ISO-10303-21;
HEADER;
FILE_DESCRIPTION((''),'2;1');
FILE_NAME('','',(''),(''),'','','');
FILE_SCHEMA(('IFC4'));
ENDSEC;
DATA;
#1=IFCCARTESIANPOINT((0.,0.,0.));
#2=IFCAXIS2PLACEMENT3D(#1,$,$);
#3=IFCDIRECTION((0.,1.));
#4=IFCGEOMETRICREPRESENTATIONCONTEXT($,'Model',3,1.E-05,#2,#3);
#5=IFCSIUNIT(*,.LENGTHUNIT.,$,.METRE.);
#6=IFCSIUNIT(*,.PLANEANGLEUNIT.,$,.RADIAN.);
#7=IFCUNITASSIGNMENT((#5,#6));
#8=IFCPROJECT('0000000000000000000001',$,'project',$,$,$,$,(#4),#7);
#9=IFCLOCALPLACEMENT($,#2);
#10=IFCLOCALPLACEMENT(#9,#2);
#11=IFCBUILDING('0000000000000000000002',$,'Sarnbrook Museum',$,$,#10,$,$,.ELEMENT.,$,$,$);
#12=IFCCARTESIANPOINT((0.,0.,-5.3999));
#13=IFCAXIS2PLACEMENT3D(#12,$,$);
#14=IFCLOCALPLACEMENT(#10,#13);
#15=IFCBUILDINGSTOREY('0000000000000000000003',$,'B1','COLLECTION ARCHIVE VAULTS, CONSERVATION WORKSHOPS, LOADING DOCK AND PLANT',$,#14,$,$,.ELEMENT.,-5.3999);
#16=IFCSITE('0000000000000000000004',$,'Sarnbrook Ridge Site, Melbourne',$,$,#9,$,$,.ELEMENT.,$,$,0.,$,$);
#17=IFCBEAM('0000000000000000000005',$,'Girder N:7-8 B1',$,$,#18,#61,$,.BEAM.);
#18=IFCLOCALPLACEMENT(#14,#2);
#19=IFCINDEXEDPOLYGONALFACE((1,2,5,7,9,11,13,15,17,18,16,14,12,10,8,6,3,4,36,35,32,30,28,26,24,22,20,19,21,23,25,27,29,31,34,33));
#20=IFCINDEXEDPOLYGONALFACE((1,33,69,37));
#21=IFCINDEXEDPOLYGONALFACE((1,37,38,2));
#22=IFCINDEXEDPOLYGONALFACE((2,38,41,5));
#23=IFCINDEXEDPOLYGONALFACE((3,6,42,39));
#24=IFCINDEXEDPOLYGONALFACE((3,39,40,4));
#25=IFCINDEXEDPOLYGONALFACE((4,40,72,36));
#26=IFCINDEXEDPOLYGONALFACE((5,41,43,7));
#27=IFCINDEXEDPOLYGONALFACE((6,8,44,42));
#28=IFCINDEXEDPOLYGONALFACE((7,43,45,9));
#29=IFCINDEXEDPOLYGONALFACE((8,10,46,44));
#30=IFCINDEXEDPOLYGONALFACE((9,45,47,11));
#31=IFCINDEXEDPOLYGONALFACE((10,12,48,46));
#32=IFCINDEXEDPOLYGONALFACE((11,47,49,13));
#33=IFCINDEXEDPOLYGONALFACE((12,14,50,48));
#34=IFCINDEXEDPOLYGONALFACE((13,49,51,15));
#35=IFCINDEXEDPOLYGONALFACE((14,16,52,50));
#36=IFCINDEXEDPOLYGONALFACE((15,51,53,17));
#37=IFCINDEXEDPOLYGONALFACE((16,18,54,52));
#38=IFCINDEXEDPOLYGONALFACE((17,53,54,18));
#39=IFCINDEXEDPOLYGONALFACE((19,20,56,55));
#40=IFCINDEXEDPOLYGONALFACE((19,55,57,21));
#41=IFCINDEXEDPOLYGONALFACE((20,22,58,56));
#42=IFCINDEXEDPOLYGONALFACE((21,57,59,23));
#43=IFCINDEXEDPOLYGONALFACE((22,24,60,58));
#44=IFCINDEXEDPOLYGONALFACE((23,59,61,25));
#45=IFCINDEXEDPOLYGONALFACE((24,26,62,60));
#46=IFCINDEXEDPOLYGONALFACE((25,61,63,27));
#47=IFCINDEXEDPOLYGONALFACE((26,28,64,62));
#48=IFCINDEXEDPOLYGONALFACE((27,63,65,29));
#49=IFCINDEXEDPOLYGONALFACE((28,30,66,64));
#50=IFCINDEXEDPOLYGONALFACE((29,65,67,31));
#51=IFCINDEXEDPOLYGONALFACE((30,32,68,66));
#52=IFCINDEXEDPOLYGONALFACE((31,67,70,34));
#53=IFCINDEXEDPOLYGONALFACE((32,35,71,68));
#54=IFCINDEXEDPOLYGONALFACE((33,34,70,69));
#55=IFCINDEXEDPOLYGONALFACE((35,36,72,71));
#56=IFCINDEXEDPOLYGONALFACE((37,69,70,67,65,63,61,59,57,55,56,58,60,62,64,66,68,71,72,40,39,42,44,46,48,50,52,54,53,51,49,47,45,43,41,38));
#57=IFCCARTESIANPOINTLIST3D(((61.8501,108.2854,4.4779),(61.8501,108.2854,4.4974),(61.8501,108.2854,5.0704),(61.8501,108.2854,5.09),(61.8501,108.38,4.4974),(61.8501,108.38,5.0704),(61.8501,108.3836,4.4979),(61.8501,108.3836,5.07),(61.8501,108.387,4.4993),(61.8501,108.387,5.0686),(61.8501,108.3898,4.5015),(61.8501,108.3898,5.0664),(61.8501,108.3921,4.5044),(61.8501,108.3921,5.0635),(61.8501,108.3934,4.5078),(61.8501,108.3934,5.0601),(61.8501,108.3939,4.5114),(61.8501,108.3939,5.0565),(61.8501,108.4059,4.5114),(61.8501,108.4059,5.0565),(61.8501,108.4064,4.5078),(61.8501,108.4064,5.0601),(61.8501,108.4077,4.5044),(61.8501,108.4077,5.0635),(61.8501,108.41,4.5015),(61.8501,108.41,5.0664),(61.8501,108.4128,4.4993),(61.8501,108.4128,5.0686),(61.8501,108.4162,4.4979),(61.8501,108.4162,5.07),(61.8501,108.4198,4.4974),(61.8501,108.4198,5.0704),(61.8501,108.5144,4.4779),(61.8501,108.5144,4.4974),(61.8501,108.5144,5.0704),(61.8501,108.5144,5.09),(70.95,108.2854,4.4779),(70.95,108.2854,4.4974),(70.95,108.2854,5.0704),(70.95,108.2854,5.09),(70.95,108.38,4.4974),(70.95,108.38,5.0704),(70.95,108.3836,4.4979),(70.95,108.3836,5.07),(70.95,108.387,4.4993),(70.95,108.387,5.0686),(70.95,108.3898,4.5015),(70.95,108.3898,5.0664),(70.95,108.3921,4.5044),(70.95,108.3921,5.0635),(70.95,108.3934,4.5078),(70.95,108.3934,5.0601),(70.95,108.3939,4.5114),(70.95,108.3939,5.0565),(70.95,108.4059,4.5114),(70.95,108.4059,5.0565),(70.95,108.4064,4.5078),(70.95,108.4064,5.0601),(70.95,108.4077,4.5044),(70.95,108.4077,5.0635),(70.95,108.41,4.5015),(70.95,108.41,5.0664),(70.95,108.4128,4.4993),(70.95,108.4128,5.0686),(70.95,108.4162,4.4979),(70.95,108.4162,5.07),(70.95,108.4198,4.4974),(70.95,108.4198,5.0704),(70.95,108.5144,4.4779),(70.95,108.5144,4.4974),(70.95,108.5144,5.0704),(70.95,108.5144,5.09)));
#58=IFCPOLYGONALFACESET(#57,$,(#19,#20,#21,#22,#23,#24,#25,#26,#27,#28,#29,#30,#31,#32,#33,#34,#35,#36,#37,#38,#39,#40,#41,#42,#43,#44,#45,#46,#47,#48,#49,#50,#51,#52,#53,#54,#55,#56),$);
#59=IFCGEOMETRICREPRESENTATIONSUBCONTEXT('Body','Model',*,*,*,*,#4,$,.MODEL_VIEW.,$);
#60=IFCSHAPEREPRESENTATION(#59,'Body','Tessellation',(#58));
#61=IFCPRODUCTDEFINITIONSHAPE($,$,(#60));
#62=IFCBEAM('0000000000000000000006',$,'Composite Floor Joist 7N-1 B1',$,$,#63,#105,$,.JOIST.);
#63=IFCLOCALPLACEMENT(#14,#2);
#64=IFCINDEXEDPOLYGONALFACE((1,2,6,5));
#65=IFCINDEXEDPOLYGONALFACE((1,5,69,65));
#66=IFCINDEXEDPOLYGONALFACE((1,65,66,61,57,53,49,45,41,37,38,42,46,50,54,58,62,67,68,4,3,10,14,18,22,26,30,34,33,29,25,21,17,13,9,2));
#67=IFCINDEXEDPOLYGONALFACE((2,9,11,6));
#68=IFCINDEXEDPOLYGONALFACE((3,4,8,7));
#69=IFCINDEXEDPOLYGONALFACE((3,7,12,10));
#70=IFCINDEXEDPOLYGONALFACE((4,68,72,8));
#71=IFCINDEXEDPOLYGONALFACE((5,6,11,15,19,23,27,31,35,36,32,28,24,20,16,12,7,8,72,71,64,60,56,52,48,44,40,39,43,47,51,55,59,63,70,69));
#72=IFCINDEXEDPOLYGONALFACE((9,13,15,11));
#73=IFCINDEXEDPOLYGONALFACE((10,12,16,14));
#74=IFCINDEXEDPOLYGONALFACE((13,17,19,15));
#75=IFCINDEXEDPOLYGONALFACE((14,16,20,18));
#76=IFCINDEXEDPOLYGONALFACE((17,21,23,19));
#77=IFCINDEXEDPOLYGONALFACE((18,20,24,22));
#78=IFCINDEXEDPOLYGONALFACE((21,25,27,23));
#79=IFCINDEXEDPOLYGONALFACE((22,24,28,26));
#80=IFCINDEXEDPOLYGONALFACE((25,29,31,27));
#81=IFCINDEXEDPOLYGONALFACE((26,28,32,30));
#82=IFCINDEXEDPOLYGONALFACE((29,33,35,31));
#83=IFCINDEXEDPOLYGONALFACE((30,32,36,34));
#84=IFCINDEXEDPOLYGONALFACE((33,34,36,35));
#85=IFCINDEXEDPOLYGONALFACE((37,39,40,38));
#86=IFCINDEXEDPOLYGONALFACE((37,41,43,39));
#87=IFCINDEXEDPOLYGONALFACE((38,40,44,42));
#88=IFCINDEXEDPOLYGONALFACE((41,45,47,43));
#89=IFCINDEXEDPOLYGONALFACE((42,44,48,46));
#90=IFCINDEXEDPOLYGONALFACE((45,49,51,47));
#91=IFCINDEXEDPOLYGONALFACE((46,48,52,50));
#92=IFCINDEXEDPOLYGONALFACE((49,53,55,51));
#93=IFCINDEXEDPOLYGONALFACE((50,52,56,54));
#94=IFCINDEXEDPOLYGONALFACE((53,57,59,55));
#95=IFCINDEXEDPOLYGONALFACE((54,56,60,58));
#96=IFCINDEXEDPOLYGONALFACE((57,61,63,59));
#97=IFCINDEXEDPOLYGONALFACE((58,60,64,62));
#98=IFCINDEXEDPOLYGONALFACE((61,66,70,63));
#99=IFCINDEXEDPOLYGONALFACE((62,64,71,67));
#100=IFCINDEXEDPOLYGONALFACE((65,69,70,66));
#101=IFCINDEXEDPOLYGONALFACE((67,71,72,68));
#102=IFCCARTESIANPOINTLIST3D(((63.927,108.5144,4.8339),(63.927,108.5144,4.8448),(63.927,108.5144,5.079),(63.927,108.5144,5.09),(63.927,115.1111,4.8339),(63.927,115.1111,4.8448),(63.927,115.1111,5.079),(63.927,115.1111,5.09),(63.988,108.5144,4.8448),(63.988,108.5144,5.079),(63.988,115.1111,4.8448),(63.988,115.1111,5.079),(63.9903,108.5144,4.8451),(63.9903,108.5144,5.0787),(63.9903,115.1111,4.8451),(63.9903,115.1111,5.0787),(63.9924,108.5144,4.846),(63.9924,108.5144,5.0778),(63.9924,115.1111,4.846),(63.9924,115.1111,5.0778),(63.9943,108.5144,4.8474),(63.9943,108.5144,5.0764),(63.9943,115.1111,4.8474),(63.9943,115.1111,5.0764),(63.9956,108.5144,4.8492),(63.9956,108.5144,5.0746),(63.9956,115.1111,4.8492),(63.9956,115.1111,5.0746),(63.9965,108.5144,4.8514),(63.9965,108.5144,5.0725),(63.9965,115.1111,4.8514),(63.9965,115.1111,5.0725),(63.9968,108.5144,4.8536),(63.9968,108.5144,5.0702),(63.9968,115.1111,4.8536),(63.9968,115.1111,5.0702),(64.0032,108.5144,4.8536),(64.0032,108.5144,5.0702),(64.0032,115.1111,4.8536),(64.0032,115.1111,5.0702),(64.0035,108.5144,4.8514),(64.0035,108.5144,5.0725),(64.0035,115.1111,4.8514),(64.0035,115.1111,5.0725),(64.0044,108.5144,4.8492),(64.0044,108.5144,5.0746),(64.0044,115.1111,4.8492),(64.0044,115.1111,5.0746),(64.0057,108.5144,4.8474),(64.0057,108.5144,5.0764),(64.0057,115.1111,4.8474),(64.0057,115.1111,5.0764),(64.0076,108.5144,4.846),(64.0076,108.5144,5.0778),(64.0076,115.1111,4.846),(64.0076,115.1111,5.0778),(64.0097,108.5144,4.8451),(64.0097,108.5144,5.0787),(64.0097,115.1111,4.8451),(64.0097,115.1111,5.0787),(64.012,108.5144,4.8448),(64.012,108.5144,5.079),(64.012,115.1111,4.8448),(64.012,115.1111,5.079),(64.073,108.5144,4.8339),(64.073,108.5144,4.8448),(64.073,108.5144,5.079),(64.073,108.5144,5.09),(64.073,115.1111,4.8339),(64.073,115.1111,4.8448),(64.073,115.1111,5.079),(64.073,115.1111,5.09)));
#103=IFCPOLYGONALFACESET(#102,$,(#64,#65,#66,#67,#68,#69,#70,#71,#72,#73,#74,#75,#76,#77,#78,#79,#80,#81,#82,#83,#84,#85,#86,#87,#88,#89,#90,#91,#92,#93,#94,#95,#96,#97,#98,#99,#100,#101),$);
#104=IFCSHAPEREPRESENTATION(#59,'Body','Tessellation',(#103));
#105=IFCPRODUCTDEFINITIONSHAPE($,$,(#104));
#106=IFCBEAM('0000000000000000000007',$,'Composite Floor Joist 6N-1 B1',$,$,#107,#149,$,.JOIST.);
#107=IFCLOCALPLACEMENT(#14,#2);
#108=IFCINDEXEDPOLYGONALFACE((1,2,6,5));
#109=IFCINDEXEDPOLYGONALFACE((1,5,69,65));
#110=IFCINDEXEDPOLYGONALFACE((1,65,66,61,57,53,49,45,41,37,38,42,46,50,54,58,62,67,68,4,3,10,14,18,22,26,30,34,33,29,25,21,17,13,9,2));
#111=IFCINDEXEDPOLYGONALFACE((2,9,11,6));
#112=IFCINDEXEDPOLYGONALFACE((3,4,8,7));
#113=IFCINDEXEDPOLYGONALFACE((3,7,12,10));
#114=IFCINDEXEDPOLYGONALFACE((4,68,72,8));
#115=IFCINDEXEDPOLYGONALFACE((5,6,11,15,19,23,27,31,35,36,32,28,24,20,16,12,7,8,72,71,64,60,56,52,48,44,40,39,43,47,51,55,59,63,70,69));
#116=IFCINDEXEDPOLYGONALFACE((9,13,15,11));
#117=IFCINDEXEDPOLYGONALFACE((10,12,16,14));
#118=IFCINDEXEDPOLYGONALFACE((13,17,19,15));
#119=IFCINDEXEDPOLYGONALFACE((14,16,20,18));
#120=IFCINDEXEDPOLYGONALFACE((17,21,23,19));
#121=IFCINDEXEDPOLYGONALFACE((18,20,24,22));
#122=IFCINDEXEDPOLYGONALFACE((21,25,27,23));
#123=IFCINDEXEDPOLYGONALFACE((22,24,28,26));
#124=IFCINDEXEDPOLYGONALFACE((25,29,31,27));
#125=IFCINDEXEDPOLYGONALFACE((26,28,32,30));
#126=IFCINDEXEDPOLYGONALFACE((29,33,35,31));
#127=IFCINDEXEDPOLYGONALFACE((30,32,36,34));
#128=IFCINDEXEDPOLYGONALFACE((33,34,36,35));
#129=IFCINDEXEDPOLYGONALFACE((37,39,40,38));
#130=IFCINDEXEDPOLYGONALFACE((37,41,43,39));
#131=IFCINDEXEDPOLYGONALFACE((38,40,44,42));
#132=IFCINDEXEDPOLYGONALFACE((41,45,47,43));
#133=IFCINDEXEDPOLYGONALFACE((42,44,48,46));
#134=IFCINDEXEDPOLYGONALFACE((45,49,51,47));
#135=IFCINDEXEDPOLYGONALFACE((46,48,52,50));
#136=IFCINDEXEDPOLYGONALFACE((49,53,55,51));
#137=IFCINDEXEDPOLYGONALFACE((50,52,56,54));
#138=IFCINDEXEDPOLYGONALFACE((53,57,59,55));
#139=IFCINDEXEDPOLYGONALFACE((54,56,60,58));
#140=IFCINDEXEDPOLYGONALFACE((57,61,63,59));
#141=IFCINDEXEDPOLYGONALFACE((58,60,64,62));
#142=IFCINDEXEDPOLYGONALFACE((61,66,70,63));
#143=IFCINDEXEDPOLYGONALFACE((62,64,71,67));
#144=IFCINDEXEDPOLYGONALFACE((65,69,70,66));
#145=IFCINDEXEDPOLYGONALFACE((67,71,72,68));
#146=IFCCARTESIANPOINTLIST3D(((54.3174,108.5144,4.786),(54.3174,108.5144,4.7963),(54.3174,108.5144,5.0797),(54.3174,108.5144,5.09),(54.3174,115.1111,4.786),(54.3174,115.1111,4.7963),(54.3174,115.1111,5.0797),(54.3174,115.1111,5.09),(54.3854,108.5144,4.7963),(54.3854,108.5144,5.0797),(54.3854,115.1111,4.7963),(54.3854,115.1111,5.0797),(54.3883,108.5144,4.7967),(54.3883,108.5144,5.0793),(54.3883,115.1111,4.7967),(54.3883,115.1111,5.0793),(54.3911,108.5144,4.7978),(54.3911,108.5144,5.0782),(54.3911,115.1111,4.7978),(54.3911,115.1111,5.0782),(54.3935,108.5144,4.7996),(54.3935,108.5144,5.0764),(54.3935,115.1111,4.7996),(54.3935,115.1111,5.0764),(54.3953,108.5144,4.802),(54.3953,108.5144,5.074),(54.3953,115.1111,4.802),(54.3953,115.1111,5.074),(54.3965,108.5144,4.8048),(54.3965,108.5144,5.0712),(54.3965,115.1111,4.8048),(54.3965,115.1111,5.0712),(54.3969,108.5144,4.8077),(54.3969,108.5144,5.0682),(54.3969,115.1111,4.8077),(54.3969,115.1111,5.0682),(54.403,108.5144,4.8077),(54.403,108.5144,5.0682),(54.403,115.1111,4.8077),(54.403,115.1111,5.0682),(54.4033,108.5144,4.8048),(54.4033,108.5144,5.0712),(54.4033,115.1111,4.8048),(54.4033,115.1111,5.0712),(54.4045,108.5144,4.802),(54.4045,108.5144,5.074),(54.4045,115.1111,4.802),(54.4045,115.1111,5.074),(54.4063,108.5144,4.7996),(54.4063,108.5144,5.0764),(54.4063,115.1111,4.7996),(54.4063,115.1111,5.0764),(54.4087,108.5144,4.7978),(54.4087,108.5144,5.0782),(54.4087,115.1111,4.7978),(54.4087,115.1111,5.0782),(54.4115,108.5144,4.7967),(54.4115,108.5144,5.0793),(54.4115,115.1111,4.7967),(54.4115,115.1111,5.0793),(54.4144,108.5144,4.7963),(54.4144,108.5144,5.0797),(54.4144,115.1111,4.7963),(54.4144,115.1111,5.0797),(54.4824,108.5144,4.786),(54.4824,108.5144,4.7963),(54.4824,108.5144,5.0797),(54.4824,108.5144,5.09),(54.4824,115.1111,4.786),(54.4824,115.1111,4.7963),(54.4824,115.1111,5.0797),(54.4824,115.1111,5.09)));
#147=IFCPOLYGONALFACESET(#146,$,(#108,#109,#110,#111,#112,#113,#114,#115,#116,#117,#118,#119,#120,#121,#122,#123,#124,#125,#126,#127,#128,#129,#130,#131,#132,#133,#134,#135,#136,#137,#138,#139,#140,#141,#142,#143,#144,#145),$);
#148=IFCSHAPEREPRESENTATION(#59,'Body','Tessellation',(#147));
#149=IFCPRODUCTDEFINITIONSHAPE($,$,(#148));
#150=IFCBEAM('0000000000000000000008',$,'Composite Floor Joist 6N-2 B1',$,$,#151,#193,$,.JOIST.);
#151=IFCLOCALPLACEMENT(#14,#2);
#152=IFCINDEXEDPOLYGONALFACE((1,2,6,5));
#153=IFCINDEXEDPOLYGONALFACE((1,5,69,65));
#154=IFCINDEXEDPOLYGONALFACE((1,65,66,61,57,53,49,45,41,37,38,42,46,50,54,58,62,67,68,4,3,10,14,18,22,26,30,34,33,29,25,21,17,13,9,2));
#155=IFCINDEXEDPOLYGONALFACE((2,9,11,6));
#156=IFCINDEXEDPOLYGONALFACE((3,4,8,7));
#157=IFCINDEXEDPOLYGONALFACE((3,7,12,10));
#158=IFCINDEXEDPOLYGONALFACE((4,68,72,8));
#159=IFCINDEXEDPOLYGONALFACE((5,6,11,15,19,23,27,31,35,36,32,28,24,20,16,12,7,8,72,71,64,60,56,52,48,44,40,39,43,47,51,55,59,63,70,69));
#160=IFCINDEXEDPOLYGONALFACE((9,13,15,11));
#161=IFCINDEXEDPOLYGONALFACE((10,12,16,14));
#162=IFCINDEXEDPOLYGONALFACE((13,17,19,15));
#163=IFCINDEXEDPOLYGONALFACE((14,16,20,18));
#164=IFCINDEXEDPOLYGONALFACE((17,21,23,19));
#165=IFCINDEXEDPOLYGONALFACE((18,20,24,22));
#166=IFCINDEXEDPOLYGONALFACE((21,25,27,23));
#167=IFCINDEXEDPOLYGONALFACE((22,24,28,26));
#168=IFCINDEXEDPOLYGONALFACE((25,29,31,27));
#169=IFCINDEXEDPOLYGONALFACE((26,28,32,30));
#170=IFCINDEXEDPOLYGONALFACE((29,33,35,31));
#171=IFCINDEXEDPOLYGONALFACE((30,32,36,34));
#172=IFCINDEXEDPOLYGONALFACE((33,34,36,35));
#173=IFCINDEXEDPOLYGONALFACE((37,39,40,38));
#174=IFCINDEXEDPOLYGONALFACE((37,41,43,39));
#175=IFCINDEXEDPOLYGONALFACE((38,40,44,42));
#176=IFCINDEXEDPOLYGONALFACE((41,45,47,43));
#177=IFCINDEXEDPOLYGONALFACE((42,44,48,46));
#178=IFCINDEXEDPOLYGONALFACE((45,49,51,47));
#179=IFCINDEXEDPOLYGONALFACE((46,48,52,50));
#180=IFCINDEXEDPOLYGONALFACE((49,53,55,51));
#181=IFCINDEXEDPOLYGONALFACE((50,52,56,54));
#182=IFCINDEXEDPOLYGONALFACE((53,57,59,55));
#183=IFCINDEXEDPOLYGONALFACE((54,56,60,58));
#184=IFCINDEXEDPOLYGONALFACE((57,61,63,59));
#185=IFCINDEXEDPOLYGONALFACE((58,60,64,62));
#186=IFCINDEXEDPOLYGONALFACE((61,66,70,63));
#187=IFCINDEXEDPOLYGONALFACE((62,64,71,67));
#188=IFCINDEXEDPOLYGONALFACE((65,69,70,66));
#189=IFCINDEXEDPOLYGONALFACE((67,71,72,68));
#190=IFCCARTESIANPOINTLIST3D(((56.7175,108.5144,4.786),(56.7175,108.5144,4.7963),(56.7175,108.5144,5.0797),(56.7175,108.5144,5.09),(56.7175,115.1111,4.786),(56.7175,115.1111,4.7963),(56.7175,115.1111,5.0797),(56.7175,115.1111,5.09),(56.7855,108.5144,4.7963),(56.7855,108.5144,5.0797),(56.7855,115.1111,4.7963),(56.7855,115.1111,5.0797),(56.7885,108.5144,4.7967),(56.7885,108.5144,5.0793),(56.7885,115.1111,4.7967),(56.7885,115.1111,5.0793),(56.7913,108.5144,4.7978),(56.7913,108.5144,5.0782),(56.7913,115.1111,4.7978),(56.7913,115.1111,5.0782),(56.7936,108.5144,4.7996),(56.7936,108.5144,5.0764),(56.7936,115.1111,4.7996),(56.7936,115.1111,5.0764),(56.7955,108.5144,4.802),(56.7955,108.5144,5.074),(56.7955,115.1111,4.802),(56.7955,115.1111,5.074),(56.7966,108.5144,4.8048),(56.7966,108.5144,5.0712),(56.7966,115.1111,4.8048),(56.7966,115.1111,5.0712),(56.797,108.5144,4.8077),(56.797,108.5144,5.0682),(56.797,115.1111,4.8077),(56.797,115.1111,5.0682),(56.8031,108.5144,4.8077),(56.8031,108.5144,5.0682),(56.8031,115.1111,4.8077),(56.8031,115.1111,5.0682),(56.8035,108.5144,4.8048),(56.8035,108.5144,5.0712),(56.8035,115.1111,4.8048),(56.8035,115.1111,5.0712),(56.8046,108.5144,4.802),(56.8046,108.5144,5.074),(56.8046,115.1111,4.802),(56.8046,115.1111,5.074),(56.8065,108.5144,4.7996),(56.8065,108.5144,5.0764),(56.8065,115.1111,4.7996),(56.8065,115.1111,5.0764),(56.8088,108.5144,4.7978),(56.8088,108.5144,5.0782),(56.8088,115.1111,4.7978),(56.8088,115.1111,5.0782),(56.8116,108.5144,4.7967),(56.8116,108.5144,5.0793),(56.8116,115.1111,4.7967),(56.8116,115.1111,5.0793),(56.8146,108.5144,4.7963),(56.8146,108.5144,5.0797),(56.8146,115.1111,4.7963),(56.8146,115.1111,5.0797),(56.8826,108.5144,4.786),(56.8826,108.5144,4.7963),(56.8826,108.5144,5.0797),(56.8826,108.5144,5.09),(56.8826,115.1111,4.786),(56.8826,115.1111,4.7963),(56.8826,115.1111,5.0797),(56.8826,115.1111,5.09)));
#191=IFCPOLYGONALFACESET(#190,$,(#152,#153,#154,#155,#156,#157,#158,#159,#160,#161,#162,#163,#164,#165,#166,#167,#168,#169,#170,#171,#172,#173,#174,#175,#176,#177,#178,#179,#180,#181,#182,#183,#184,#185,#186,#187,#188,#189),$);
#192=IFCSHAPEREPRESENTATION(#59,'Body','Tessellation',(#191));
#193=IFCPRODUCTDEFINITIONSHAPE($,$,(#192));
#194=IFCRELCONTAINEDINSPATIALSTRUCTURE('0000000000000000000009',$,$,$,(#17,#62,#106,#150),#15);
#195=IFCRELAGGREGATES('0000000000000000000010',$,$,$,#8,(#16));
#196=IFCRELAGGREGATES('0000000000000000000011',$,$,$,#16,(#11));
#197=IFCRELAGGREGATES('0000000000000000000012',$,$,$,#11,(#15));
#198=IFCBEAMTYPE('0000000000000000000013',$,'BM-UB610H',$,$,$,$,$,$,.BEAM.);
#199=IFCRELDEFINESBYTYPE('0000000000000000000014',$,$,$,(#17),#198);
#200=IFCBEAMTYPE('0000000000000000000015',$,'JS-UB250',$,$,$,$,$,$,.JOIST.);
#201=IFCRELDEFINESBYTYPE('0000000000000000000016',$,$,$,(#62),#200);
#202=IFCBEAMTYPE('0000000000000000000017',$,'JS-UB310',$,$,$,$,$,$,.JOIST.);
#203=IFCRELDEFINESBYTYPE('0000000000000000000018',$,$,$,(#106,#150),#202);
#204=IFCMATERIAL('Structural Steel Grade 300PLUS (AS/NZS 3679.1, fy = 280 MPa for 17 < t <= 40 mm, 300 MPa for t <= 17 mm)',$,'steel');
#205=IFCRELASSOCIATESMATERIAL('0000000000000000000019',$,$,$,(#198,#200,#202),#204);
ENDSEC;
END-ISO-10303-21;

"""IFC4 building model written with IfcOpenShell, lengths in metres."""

from ifc_helpers import new_model, si_unit, direction, frame, origin, origin_2d, place, context, subcontext, project, spatial, i_section, extrude, material, material_profile, profile_set, type_object, element, save


model = new_model("IFC4")

# Units and contexts
model_context = context("Model", 3, precision=1e-05, world=origin(), true_north=direction((0.0, 1.0)))
body_context = subcontext(model_context, "Body", "Model", "MODEL_VIEW")
ifc_project = project(units=[si_unit("LENGTHUNIT", "METRE"), si_unit("PLANEANGLEUNIT", "RADIAN")], contexts=[model_context])

# Site, building, storey
site_placement = place(None, origin())
site = spatial("IfcSite", under=ifc_project, at=site_placement, Name="Sarnbrook Ridge Site, Melbourne", CompositionType="ELEMENT", RefElevation=0.0)
building_placement = place(site_placement, origin())
building = spatial("IfcBuilding", under=site, at=building_placement, Name="Sarnbrook Museum", CompositionType="ELEMENT")
storey_placement = place(building_placement, frame((0.0, 0.0, -5.3999)))
storey = spatial("IfcBuildingStorey", under=building, at=storey_placement, Name="B1", Description="COLLECTION ARCHIVE VAULTS, CONSERVATION WORKSHOPS, LOADING DOCK AND PLANT", CompositionType="ELEMENT", Elevation=-5.3999)

# Beams
ifc_material_1 = material(Name="Structural Steel Grade 300PLUS (AS/NZS 3679.1, fy = 280 MPa for 17 < t <= 40 mm, 300 MPa for t <= 17 mm)", Category="steel")
ifc_material_profile_1 = material_profile(ifc_material_1, i_section(OverallWidth=0.229, OverallDepth=0.6121, WebThickness=0.012, FlangeThickness=0.0195, FilletRadius=0.0139, at=origin_2d()), Name="610UB125")
ifc_profile_set_1 = profile_set([ifc_material_profile_1], Name="Structural Steel Grade 300PLUS (AS/NZS 3679.1, fy = 280 MPa for 17 < t <= 40 mm, 300 MPa for t <= 17 mm)")
beam_type_1 = type_object("IfcBeamType", Name="BM-UB610H", PredefinedType="BEAM", material=ifc_profile_set_1)
beam_1_placement = place(storey_placement, frame((61.8501, 108.3999, 4.7839), z_axis=(1.0, 0.0, 0.0), x_axis=(0.0, 1.0, 0.0)))
element("IfcBeam", 1, at=beam_1_placement, inside=storey, type_object=beam_type_1, Name="Girder N:7-8 B1", PredefinedType="BEAM", context=body_context, shape_type="SweptSolid", body=[
    extrude(i_section(OverallWidth=0.229, OverallDepth=0.6121, WebThickness=0.012, FlangeThickness=0.0195, FilletRadius=0.0139, at=origin_2d()), origin(), (0.0, 0.0, 1.0), 9.0999),
])
ifc_material_profile_2 = material_profile(ifc_material_1, i_section(OverallWidth=0.146, OverallDepth=0.2561, WebThickness=0.0063, FlangeThickness=0.011, FilletRadius=0.0088, at=origin_2d()), Name="250UB37.3")
ifc_profile_set_2 = profile_set([ifc_material_profile_2], Name="Structural Steel Grade 300PLUS (AS/NZS 3679.1, fy = 280 MPa for 17 < t <= 40 mm, 300 MPa for t <= 17 mm)")
beam_type_2 = type_object("IfcBeamType", Name="JS-UB250", PredefinedType="JOIST", material=ifc_profile_set_2)
beam_2_placement = place(storey_placement, frame((64.0, 108.5144, 4.9619), z_axis=(0.0, 1.0, 0.0), x_axis=(-1.0, 0.0, 0.0)))
element("IfcBeam", 2, at=beam_2_placement, inside=storey, type_object=beam_type_2, Name="Composite Floor Joist 7N-1 B1", PredefinedType="JOIST", context=body_context, shape_type="SweptSolid", body=[
    extrude(i_section(OverallWidth=0.146, OverallDepth=0.2561, WebThickness=0.0063, FlangeThickness=0.011, FilletRadius=0.0088, at=origin_2d()), origin(), (0.0, 0.0, 1.0), 6.5967),
])
ifc_material_profile_3 = material_profile(ifc_material_1, i_section(OverallWidth=0.165, OverallDepth=0.304, WebThickness=0.0061, FlangeThickness=0.0103, FilletRadius=0.0115, at=origin_2d()), Name="310UB40.4")
ifc_profile_set_3 = profile_set([ifc_material_profile_3], Name="Structural Steel Grade 300PLUS (AS/NZS 3679.1, fy = 280 MPa for 17 < t <= 40 mm, 300 MPa for t <= 17 mm)")
beam_type_3 = type_object("IfcBeamType", Name="JS-UB310", PredefinedType="JOIST", material=ifc_profile_set_3)
for number, where, z_axis, x_axis, name in (
    (3, (54.3999, 108.5144, 4.938), (0.0, 1.0, 0.0), (-1.0, 0.0, 0.0), "Composite Floor Joist 6N-1 B1"),
    (4, (56.8, 108.5144, 4.938), (0.0, 1.0, 0.0), (-1.0, 0.0, 0.0), "Composite Floor Joist 6N-2 B1"),
):
    element("IfcBeam", number, at=place(storey_placement, frame(where, z_axis=z_axis, x_axis=x_axis)), inside=storey, type_object=beam_type_3, Name=name, PredefinedType="JOIST", context=body_context, shape_type="SweptSolid", body=[
        extrude(i_section(OverallWidth=0.165, OverallDepth=0.304, WebThickness=0.0061, FlangeThickness=0.0103, FilletRadius=0.0115, at=origin_2d()), origin(), (0.0, 0.0, 1.0), 6.5967),
    ])

save(model, "model.ifc")
